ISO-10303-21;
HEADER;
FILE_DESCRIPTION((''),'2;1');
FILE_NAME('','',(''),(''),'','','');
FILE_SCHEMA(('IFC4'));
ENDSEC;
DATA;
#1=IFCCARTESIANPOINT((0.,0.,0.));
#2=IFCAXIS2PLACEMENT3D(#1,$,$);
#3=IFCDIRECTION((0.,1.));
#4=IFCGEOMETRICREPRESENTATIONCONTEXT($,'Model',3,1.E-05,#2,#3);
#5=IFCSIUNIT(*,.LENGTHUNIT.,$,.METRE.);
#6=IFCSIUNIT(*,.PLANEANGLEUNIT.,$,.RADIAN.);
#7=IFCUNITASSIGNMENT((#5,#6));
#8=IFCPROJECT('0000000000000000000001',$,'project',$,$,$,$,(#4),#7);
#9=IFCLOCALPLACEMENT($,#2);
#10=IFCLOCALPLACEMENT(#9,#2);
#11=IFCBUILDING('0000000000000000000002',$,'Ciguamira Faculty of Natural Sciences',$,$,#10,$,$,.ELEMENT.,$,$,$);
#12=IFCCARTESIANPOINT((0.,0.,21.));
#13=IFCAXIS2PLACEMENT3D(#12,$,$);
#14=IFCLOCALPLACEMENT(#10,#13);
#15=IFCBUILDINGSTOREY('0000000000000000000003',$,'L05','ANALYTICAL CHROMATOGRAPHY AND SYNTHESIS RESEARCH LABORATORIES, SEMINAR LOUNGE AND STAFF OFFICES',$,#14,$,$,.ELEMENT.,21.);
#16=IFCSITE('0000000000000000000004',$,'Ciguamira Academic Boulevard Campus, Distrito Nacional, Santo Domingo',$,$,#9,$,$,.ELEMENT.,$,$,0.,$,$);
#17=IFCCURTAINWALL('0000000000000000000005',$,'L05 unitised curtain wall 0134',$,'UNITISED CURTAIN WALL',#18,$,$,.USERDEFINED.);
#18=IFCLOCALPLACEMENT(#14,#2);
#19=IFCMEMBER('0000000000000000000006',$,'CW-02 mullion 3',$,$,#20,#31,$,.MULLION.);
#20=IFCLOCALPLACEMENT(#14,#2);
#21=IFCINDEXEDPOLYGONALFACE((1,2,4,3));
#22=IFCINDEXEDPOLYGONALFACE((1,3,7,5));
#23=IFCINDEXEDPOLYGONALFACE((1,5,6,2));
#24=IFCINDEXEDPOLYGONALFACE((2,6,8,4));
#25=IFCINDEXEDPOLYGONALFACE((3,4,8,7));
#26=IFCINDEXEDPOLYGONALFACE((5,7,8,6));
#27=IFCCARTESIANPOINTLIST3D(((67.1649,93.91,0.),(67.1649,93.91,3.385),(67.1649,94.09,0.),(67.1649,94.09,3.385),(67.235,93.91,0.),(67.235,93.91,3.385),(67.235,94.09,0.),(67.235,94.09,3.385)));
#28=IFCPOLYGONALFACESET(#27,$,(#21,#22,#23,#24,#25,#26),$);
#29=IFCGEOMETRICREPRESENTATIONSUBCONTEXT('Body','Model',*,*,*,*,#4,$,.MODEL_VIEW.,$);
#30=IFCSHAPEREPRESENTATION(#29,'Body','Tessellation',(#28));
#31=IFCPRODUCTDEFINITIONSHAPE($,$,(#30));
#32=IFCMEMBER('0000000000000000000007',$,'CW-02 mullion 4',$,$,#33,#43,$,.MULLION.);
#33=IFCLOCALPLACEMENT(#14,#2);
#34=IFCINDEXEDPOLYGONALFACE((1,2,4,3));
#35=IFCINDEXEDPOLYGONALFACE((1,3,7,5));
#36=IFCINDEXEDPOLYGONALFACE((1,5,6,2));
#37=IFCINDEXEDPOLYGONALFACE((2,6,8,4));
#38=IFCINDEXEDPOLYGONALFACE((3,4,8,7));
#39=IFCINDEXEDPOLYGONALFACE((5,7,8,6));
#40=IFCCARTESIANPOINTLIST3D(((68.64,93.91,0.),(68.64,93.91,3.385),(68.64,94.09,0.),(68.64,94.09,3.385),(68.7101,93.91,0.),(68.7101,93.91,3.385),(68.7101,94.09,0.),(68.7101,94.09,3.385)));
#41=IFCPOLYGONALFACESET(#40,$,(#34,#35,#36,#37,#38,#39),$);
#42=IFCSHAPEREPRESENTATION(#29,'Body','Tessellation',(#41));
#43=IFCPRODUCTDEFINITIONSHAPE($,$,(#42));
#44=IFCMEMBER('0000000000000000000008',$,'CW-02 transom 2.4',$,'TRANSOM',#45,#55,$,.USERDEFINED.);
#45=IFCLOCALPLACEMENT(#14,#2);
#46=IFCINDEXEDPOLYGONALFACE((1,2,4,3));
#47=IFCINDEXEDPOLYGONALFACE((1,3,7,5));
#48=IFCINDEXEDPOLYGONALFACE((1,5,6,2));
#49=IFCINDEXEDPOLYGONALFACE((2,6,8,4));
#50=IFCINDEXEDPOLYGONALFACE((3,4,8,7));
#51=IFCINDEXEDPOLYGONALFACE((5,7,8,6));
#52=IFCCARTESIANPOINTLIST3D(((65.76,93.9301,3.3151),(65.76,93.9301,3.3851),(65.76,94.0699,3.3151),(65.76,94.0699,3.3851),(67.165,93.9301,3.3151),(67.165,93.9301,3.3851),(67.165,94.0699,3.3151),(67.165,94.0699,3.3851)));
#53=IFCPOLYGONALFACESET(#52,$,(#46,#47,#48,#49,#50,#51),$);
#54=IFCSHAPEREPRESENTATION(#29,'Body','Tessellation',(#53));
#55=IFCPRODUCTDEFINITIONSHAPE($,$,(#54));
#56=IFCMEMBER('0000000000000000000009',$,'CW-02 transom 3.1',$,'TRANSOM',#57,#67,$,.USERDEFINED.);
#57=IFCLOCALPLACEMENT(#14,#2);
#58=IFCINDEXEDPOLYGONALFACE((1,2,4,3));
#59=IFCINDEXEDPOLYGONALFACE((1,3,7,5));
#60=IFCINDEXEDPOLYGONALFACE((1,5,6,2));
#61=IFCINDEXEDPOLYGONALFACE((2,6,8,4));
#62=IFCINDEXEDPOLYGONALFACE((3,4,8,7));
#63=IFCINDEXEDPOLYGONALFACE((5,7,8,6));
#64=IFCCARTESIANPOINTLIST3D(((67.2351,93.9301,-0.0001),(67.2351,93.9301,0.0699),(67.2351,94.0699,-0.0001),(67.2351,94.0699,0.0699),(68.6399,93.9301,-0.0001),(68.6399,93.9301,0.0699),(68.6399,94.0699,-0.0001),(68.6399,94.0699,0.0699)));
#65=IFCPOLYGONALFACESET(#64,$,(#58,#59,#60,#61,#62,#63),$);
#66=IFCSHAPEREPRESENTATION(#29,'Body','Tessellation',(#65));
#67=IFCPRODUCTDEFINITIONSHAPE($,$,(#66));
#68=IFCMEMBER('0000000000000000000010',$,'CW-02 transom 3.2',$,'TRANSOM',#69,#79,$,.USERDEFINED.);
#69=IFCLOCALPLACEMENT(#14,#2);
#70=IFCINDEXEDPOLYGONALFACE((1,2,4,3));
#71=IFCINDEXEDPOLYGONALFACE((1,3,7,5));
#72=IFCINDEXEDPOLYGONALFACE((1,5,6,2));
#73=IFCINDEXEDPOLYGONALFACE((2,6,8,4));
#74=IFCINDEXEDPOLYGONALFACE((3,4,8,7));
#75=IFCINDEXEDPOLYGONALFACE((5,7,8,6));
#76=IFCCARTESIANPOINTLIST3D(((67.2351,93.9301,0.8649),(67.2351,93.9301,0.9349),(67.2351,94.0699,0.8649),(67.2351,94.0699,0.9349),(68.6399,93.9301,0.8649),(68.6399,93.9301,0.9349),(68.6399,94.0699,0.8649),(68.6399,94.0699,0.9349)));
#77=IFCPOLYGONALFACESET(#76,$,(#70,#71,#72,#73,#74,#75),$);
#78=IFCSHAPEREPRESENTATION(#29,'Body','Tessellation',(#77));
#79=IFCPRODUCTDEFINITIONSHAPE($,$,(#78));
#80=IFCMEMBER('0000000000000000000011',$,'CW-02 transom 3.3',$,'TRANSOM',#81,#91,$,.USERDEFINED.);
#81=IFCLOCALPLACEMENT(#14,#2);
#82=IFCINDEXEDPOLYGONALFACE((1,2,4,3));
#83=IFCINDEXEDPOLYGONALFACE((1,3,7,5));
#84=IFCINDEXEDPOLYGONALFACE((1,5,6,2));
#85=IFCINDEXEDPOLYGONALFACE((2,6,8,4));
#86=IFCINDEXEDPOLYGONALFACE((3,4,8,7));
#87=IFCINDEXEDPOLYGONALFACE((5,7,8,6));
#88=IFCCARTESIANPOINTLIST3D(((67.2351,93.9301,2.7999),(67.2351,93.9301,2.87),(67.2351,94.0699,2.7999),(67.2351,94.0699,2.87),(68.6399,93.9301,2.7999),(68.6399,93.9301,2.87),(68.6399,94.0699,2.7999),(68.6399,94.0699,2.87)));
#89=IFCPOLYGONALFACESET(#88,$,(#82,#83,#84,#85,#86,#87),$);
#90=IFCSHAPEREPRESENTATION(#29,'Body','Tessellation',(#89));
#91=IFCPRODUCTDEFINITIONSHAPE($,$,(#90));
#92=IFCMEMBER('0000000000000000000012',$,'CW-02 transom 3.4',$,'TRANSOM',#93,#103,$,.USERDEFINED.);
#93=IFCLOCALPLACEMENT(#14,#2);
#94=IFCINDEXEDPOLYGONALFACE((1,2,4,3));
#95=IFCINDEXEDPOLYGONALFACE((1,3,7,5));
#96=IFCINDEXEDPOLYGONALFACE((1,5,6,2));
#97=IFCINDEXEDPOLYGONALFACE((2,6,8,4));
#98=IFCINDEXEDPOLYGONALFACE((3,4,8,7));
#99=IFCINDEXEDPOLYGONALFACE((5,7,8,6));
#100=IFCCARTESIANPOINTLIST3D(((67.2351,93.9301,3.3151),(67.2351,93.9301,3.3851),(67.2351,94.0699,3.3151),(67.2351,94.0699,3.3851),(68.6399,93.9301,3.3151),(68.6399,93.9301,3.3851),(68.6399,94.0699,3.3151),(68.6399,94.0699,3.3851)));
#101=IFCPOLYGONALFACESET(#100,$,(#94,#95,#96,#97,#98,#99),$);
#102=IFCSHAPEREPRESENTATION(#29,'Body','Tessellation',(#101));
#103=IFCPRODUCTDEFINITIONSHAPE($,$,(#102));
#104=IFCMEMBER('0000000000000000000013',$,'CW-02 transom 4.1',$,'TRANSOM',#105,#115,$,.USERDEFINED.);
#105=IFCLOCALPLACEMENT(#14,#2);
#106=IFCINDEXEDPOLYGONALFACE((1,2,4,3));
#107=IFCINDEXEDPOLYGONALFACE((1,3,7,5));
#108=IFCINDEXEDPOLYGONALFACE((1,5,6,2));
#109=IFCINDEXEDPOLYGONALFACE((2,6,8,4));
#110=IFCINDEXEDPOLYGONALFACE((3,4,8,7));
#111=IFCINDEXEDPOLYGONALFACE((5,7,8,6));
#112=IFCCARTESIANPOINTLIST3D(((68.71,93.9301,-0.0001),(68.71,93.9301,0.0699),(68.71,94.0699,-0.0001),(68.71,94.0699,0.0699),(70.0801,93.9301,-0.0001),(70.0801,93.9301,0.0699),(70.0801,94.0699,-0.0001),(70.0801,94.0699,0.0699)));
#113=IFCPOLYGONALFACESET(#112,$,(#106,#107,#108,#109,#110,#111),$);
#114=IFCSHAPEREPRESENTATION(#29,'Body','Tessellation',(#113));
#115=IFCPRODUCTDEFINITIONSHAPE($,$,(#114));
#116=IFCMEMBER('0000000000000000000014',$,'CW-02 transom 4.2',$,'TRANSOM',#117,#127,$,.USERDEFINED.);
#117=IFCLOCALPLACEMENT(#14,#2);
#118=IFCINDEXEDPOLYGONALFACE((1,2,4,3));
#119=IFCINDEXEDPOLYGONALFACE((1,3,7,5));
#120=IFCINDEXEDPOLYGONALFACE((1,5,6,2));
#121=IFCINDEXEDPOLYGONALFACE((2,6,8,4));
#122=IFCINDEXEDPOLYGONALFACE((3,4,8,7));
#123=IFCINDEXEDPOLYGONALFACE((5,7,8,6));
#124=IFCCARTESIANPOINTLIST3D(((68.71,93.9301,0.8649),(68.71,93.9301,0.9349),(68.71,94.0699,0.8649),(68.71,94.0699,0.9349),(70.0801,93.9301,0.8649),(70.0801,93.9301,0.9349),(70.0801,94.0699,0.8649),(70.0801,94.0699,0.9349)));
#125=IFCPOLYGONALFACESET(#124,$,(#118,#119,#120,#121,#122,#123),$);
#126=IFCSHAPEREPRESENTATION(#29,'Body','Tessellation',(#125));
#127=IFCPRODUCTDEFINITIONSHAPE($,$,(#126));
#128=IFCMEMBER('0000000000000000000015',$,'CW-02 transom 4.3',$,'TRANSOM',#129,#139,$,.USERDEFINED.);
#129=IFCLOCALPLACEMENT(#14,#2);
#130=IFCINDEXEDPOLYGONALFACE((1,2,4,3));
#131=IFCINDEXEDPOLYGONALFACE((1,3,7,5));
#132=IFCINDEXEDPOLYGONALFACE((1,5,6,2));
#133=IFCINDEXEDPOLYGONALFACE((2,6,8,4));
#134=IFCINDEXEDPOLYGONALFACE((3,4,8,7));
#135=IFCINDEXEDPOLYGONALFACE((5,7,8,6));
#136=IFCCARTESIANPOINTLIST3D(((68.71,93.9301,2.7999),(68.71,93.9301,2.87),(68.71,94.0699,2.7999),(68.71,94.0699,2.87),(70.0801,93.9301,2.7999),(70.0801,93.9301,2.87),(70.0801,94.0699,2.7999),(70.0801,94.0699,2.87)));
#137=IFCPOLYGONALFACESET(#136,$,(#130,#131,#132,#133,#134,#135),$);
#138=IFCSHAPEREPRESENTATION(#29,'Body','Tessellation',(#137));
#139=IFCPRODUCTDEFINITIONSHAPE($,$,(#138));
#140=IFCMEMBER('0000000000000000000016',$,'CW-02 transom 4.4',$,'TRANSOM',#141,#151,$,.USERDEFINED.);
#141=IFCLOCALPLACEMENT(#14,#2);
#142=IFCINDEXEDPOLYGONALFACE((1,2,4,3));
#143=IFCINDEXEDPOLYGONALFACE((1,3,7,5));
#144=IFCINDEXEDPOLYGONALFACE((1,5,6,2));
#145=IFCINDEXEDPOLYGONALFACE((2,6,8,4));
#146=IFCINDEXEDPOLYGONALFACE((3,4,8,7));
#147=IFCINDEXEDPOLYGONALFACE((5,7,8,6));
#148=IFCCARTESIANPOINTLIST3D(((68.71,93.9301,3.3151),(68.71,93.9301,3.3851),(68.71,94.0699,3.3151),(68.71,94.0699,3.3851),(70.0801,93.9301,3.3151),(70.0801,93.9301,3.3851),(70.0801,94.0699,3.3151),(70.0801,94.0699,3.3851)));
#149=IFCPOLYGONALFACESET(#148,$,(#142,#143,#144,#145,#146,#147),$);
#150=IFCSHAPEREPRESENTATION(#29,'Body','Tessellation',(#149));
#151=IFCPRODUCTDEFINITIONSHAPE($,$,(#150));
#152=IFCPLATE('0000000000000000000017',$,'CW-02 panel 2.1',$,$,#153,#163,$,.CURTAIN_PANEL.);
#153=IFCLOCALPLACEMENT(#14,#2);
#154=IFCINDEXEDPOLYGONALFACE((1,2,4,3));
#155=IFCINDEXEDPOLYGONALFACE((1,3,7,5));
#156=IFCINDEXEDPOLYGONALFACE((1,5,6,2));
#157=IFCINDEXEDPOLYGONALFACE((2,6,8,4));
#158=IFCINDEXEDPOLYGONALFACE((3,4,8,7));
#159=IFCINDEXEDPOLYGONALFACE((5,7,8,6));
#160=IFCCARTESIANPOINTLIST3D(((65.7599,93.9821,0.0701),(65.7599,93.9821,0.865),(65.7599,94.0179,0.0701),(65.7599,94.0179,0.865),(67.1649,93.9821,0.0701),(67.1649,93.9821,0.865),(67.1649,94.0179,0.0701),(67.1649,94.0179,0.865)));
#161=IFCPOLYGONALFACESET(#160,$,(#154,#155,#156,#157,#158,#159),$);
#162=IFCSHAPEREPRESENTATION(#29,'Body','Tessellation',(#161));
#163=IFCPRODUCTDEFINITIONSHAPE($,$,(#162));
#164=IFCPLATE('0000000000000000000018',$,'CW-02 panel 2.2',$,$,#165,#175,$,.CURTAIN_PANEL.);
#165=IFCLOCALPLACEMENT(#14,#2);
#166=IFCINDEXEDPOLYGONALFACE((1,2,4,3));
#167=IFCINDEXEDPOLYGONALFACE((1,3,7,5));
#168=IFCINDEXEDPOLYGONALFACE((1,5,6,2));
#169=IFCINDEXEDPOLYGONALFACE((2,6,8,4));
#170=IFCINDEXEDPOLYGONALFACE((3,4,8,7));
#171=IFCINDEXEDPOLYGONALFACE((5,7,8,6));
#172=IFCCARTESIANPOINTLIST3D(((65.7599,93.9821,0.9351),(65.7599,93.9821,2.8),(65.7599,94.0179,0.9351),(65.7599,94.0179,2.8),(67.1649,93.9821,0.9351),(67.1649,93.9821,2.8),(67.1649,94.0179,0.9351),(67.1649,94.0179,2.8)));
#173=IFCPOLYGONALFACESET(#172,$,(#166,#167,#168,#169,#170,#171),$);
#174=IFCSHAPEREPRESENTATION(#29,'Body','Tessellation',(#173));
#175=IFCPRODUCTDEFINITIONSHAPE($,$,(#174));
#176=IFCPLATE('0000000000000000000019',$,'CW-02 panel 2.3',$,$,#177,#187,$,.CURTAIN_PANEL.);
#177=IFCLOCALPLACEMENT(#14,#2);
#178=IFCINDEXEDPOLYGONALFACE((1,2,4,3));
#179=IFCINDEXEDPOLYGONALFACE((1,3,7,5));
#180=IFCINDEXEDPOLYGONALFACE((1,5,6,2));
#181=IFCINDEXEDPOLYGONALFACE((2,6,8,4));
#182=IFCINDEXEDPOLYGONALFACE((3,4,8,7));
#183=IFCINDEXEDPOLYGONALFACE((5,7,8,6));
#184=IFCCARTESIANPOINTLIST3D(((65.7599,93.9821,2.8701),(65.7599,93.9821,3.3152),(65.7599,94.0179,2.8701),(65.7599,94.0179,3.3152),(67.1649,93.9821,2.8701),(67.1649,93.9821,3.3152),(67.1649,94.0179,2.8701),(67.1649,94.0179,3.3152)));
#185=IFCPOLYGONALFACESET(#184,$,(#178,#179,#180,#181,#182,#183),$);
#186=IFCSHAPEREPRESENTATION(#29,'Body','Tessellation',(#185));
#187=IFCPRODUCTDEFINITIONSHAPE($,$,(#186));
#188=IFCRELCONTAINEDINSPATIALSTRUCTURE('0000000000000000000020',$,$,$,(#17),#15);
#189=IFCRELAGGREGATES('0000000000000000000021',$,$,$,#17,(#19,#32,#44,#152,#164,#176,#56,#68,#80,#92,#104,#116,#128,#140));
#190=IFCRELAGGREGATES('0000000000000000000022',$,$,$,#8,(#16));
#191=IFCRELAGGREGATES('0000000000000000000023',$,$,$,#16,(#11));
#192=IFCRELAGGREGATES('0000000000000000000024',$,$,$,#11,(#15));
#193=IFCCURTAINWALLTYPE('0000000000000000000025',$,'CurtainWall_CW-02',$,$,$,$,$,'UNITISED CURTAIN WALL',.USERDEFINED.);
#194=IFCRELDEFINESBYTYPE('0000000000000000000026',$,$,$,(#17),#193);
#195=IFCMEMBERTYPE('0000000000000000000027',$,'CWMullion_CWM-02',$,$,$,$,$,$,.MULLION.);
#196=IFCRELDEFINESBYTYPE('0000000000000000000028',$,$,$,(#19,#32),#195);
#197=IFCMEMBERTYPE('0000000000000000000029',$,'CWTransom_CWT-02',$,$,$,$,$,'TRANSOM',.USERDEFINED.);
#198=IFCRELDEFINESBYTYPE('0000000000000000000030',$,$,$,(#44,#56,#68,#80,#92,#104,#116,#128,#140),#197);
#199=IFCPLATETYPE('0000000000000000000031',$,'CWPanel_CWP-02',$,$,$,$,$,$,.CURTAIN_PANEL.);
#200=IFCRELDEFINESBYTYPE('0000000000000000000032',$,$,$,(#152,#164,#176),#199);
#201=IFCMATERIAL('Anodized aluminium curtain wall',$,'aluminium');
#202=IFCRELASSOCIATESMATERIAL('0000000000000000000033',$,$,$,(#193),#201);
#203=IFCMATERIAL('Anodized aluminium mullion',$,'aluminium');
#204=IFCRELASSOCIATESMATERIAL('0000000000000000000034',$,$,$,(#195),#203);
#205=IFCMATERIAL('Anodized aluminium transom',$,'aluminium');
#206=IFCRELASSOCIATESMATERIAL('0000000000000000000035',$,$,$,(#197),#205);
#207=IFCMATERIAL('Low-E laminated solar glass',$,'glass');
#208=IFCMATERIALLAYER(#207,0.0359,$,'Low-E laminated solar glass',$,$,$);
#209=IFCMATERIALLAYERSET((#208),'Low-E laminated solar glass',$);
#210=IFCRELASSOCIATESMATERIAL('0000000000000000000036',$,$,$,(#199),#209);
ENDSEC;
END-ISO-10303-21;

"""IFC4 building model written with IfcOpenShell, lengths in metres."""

from ifc_helpers import new_model, si_unit, direction, frame, origin, origin_2d, place, context, subcontext, project, spatial, rectangle, extrude, material, layer, layer_set, material_profile, profile_set, type_object, element, aggregate, save


model = new_model("IFC4")

# Units and contexts
model_context = context("Model", 3, precision=1e-05, world=origin(), true_north=direction((0.0, 1.0)))
body_context = subcontext(model_context, "Body", "Model", "MODEL_VIEW")
ifc_project = project(units=[si_unit("LENGTHUNIT", "METRE"), si_unit("PLANEANGLEUNIT", "RADIAN")], contexts=[model_context])

# Site, building, storey
site_placement = place(None, origin())
site = spatial("IfcSite", under=ifc_project, at=site_placement, Name="Ciguamira Academic Boulevard Campus, Distrito Nacional, Santo Domingo", CompositionType="ELEMENT", RefElevation=0.0)
building_placement = place(site_placement, origin())
building = spatial("IfcBuilding", under=site, at=building_placement, Name="Ciguamira Faculty of Natural Sciences", CompositionType="ELEMENT")
storey_placement = place(building_placement, frame((0.0, 0.0, 21.0)))
storey = spatial("IfcBuildingStorey", under=building, at=storey_placement, Name="L05", Description="ANALYTICAL CHROMATOGRAPHY AND SYNTHESIS RESEARCH LABORATORIES, SEMINAR LOUNGE AND STAFF OFFICES", CompositionType="ELEMENT", Elevation=21.0)

# Curtain wall, members, plates
ifc_material_1 = material(Name="Anodized aluminium curtain wall", Category="aluminium")
curtain_wall_type = type_object("IfcCurtainWallType", Name="CurtainWall_CW-02", ElementType="UNITISED CURTAIN WALL", PredefinedType="USERDEFINED", material=ifc_material_1)
curtain_wall_placement = place(storey_placement, origin())
curtain_wall = element("IfcCurtainWall", 1, at=curtain_wall_placement, inside=storey, type_object=curtain_wall_type, Name="L05 unitised curtain wall 0134", ObjectType="UNITISED CURTAIN WALL", PredefinedType="USERDEFINED")
ifc_material_2 = material(Name="Anodized aluminium mullion", Category="aluminium")
ifc_material_profile_1 = material_profile(ifc_material_2, rectangle(XDim=0.0701, YDim=0.1799, at=origin_2d()), Name="ALU-MUL-70X180")
ifc_profile_set_1 = profile_set([ifc_material_profile_1], Name="Anodized aluminium mullion")
member_type_1 = type_object("IfcMemberType", Name="CWMullion_CWM-02", PredefinedType="MULLION", material=ifc_profile_set_1)
member_1_placement = place(storey_placement, frame((67.2, 94.0, 0.0), z_axis=(0.0, 0.0, 1.0), x_axis=(1.0, 0.0, 0.0)))
member_1 = element("IfcMember", 2, at=member_1_placement, type_object=member_type_1, Name="CW-02 mullion 3", PredefinedType="MULLION", context=body_context, shape_type="SweptSolid", body=[
    extrude(rectangle(XDim=0.0701, YDim=0.1799, at=origin_2d()), origin(), (0.0, 0.0, 1.0), 3.385),
])
member_2_placement = place(storey_placement, frame((68.675, 94.0, 0.0), z_axis=(0.0, 0.0, 1.0), x_axis=(1.0, 0.0, 0.0)))
member_2 = element("IfcMember", 3, at=member_2_placement, type_object=member_type_1, Name="CW-02 mullion 4", PredefinedType="MULLION", context=body_context, shape_type="SweptSolid", body=[
    extrude(rectangle(XDim=0.0701, YDim=0.1799, at=origin_2d()), origin(), (0.0, 0.0, 1.0), 3.385),
])
ifc_material_3 = material(Name="Anodized aluminium transom", Category="aluminium")
ifc_material_profile_2 = material_profile(ifc_material_3, rectangle(XDim=0.0701, YDim=0.1399, at=origin_2d()), Name="ALU-TRN-70X140")
ifc_profile_set_2 = profile_set([ifc_material_profile_2], Name="Anodized aluminium transom")
member_type_2 = type_object("IfcMemberType", Name="CWTransom_CWT-02", ElementType="TRANSOM", PredefinedType="USERDEFINED", material=ifc_profile_set_2)
member_3_placement = place(storey_placement, frame((65.76, 94.0, 3.3501), z_axis=(1.0, 0.0, 0.0), x_axis=(0.0, 0.0, 1.0)))
member_3 = element("IfcMember", 4, at=member_3_placement, type_object=member_type_2, Name="CW-02 transom 2.4", ObjectType="TRANSOM", PredefinedType="USERDEFINED", context=body_context, shape_type="SweptSolid", body=[
    extrude(rectangle(XDim=0.0701, YDim=0.1399, at=origin_2d()), origin(), (0.0, 0.0, 1.0), 1.405),
])
member_4_placement = place(storey_placement, frame((67.2351, 94.0, 0.0349), z_axis=(1.0, 0.0, 0.0), x_axis=(0.0, 0.0, 1.0)))
member_4 = element("IfcMember", 5, at=member_4_placement, type_object=member_type_2, Name="CW-02 transom 3.1", ObjectType="TRANSOM", PredefinedType="USERDEFINED", context=body_context, shape_type="SweptSolid", body=[
    extrude(rectangle(XDim=0.0701, YDim=0.1399, at=origin_2d()), origin(), (0.0, 0.0, 1.0), 1.4048),
])
member_5_placement = place(storey_placement, frame((67.2351, 94.0, 0.8999), z_axis=(1.0, 0.0, 0.0), x_axis=(0.0, 0.0, 1.0)))
member_5 = element("IfcMember", 6, at=member_5_placement, type_object=member_type_2, Name="CW-02 transom 3.2", ObjectType="TRANSOM", PredefinedType="USERDEFINED", context=body_context, shape_type="SweptSolid", body=[
    extrude(rectangle(XDim=0.0701, YDim=0.1399, at=origin_2d()), origin(), (0.0, 0.0, 1.0), 1.4048),
])
member_6_placement = place(storey_placement, frame((67.2351, 94.0, 2.835), z_axis=(1.0, 0.0, 0.0), x_axis=(0.0, 0.0, 1.0)))
member_6 = element("IfcMember", 7, at=member_6_placement, type_object=member_type_2, Name="CW-02 transom 3.3", ObjectType="TRANSOM", PredefinedType="USERDEFINED", context=body_context, shape_type="SweptSolid", body=[
    extrude(rectangle(XDim=0.0701, YDim=0.1399, at=origin_2d()), origin(), (0.0, 0.0, 1.0), 1.4048),
])
member_7_placement = place(storey_placement, frame((67.2351, 94.0, 3.3501), z_axis=(1.0, 0.0, 0.0), x_axis=(0.0, 0.0, 1.0)))
member_7 = element("IfcMember", 8, at=member_7_placement, type_object=member_type_2, Name="CW-02 transom 3.4", ObjectType="TRANSOM", PredefinedType="USERDEFINED", context=body_context, shape_type="SweptSolid", body=[
    extrude(rectangle(XDim=0.0701, YDim=0.1399, at=origin_2d()), origin(), (0.0, 0.0, 1.0), 1.4048),
])
member_8_placement = place(storey_placement, frame((68.71, 94.0, 0.0349), z_axis=(1.0, 0.0, 0.0), x_axis=(0.0, 0.0, 1.0)))
member_8 = element("IfcMember", 9, at=member_8_placement, type_object=member_type_2, Name="CW-02 transom 4.1", ObjectType="TRANSOM", PredefinedType="USERDEFINED", context=body_context, shape_type="SweptSolid", body=[
    extrude(rectangle(XDim=0.0701, YDim=0.1399, at=origin_2d()), origin(), (0.0, 0.0, 1.0), 1.3701),
])
member_9_placement = place(storey_placement, frame((68.71, 94.0, 0.8999), z_axis=(1.0, 0.0, 0.0), x_axis=(0.0, 0.0, 1.0)))
member_9 = element("IfcMember", 10, at=member_9_placement, type_object=member_type_2, Name="CW-02 transom 4.2", ObjectType="TRANSOM", PredefinedType="USERDEFINED", context=body_context, shape_type="SweptSolid", body=[
    extrude(rectangle(XDim=0.0701, YDim=0.1399, at=origin_2d()), origin(), (0.0, 0.0, 1.0), 1.3701),
])
member_10_placement = place(storey_placement, frame((68.71, 94.0, 2.835), z_axis=(1.0, 0.0, 0.0), x_axis=(0.0, 0.0, 1.0)))
member_10 = element("IfcMember", 11, at=member_10_placement, type_object=member_type_2, Name="CW-02 transom 4.3", ObjectType="TRANSOM", PredefinedType="USERDEFINED", context=body_context, shape_type="SweptSolid", body=[
    extrude(rectangle(XDim=0.0701, YDim=0.1399, at=origin_2d()), origin(), (0.0, 0.0, 1.0), 1.3701),
])
member_11_placement = place(storey_placement, frame((68.71, 94.0, 3.3501), z_axis=(1.0, 0.0, 0.0), x_axis=(0.0, 0.0, 1.0)))
member_11 = element("IfcMember", 12, at=member_11_placement, type_object=member_type_2, Name="CW-02 transom 4.4", ObjectType="TRANSOM", PredefinedType="USERDEFINED", context=body_context, shape_type="SweptSolid", body=[
    extrude(rectangle(XDim=0.0701, YDim=0.1399, at=origin_2d()), origin(), (0.0, 0.0, 1.0), 1.3701),
])
ifc_material_4 = material(Name="Low-E laminated solar glass", Category="glass")
ifc_layer = layer(ifc_material_4, 0.0359, Name="Low-E laminated solar glass")
ifc_layer_set = layer_set([ifc_layer], Name="Low-E laminated solar glass")
plate_type = type_object("IfcPlateType", Name="CWPanel_CWP-02", PredefinedType="CURTAIN_PANEL", material=ifc_layer_set)
plate_1_placement = place(storey_placement, frame((66.4624, 94.0, 0.0701), z_axis=(0.0, 0.0, 1.0), x_axis=(1.0, 0.0, 0.0)))
plate_1 = element("IfcPlate", 13, at=plate_1_placement, type_object=plate_type, Name="CW-02 panel 2.1", PredefinedType="CURTAIN_PANEL", context=body_context, shape_type="SweptSolid", body=[
    extrude(rectangle(XDim=1.405, YDim=0.0359, at=origin_2d()), origin(), (0.0, 0.0, 1.0), 0.7949),
])
plate_2_placement = place(storey_placement, frame((66.4624, 94.0, 0.9351), z_axis=(0.0, 0.0, 1.0), x_axis=(1.0, 0.0, 0.0)))
plate_2 = element("IfcPlate", 14, at=plate_2_placement, type_object=plate_type, Name="CW-02 panel 2.2", PredefinedType="CURTAIN_PANEL", context=body_context, shape_type="SweptSolid", body=[
    extrude(rectangle(XDim=1.405, YDim=0.0359, at=origin_2d()), origin(), (0.0, 0.0, 1.0), 1.865),
])
plate_3_placement = place(storey_placement, frame((66.4624, 94.0, 2.8701), z_axis=(0.0, 0.0, 1.0), x_axis=(1.0, 0.0, 0.0)))
plate_3 = element("IfcPlate", 15, at=plate_3_placement, type_object=plate_type, Name="CW-02 panel 2.3", PredefinedType="CURTAIN_PANEL", context=body_context, shape_type="SweptSolid", body=[
    extrude(rectangle(XDim=1.405, YDim=0.0359, at=origin_2d()), origin(), (0.0, 0.0, 1.0), 0.4451),
])
aggregate(curtain_wall, [member_1, member_2, member_3, plate_1, plate_2, plate_3, member_4, member_5, member_6, member_7, member_8, member_9, member_10, member_11])

save(model, "model.ifc")
